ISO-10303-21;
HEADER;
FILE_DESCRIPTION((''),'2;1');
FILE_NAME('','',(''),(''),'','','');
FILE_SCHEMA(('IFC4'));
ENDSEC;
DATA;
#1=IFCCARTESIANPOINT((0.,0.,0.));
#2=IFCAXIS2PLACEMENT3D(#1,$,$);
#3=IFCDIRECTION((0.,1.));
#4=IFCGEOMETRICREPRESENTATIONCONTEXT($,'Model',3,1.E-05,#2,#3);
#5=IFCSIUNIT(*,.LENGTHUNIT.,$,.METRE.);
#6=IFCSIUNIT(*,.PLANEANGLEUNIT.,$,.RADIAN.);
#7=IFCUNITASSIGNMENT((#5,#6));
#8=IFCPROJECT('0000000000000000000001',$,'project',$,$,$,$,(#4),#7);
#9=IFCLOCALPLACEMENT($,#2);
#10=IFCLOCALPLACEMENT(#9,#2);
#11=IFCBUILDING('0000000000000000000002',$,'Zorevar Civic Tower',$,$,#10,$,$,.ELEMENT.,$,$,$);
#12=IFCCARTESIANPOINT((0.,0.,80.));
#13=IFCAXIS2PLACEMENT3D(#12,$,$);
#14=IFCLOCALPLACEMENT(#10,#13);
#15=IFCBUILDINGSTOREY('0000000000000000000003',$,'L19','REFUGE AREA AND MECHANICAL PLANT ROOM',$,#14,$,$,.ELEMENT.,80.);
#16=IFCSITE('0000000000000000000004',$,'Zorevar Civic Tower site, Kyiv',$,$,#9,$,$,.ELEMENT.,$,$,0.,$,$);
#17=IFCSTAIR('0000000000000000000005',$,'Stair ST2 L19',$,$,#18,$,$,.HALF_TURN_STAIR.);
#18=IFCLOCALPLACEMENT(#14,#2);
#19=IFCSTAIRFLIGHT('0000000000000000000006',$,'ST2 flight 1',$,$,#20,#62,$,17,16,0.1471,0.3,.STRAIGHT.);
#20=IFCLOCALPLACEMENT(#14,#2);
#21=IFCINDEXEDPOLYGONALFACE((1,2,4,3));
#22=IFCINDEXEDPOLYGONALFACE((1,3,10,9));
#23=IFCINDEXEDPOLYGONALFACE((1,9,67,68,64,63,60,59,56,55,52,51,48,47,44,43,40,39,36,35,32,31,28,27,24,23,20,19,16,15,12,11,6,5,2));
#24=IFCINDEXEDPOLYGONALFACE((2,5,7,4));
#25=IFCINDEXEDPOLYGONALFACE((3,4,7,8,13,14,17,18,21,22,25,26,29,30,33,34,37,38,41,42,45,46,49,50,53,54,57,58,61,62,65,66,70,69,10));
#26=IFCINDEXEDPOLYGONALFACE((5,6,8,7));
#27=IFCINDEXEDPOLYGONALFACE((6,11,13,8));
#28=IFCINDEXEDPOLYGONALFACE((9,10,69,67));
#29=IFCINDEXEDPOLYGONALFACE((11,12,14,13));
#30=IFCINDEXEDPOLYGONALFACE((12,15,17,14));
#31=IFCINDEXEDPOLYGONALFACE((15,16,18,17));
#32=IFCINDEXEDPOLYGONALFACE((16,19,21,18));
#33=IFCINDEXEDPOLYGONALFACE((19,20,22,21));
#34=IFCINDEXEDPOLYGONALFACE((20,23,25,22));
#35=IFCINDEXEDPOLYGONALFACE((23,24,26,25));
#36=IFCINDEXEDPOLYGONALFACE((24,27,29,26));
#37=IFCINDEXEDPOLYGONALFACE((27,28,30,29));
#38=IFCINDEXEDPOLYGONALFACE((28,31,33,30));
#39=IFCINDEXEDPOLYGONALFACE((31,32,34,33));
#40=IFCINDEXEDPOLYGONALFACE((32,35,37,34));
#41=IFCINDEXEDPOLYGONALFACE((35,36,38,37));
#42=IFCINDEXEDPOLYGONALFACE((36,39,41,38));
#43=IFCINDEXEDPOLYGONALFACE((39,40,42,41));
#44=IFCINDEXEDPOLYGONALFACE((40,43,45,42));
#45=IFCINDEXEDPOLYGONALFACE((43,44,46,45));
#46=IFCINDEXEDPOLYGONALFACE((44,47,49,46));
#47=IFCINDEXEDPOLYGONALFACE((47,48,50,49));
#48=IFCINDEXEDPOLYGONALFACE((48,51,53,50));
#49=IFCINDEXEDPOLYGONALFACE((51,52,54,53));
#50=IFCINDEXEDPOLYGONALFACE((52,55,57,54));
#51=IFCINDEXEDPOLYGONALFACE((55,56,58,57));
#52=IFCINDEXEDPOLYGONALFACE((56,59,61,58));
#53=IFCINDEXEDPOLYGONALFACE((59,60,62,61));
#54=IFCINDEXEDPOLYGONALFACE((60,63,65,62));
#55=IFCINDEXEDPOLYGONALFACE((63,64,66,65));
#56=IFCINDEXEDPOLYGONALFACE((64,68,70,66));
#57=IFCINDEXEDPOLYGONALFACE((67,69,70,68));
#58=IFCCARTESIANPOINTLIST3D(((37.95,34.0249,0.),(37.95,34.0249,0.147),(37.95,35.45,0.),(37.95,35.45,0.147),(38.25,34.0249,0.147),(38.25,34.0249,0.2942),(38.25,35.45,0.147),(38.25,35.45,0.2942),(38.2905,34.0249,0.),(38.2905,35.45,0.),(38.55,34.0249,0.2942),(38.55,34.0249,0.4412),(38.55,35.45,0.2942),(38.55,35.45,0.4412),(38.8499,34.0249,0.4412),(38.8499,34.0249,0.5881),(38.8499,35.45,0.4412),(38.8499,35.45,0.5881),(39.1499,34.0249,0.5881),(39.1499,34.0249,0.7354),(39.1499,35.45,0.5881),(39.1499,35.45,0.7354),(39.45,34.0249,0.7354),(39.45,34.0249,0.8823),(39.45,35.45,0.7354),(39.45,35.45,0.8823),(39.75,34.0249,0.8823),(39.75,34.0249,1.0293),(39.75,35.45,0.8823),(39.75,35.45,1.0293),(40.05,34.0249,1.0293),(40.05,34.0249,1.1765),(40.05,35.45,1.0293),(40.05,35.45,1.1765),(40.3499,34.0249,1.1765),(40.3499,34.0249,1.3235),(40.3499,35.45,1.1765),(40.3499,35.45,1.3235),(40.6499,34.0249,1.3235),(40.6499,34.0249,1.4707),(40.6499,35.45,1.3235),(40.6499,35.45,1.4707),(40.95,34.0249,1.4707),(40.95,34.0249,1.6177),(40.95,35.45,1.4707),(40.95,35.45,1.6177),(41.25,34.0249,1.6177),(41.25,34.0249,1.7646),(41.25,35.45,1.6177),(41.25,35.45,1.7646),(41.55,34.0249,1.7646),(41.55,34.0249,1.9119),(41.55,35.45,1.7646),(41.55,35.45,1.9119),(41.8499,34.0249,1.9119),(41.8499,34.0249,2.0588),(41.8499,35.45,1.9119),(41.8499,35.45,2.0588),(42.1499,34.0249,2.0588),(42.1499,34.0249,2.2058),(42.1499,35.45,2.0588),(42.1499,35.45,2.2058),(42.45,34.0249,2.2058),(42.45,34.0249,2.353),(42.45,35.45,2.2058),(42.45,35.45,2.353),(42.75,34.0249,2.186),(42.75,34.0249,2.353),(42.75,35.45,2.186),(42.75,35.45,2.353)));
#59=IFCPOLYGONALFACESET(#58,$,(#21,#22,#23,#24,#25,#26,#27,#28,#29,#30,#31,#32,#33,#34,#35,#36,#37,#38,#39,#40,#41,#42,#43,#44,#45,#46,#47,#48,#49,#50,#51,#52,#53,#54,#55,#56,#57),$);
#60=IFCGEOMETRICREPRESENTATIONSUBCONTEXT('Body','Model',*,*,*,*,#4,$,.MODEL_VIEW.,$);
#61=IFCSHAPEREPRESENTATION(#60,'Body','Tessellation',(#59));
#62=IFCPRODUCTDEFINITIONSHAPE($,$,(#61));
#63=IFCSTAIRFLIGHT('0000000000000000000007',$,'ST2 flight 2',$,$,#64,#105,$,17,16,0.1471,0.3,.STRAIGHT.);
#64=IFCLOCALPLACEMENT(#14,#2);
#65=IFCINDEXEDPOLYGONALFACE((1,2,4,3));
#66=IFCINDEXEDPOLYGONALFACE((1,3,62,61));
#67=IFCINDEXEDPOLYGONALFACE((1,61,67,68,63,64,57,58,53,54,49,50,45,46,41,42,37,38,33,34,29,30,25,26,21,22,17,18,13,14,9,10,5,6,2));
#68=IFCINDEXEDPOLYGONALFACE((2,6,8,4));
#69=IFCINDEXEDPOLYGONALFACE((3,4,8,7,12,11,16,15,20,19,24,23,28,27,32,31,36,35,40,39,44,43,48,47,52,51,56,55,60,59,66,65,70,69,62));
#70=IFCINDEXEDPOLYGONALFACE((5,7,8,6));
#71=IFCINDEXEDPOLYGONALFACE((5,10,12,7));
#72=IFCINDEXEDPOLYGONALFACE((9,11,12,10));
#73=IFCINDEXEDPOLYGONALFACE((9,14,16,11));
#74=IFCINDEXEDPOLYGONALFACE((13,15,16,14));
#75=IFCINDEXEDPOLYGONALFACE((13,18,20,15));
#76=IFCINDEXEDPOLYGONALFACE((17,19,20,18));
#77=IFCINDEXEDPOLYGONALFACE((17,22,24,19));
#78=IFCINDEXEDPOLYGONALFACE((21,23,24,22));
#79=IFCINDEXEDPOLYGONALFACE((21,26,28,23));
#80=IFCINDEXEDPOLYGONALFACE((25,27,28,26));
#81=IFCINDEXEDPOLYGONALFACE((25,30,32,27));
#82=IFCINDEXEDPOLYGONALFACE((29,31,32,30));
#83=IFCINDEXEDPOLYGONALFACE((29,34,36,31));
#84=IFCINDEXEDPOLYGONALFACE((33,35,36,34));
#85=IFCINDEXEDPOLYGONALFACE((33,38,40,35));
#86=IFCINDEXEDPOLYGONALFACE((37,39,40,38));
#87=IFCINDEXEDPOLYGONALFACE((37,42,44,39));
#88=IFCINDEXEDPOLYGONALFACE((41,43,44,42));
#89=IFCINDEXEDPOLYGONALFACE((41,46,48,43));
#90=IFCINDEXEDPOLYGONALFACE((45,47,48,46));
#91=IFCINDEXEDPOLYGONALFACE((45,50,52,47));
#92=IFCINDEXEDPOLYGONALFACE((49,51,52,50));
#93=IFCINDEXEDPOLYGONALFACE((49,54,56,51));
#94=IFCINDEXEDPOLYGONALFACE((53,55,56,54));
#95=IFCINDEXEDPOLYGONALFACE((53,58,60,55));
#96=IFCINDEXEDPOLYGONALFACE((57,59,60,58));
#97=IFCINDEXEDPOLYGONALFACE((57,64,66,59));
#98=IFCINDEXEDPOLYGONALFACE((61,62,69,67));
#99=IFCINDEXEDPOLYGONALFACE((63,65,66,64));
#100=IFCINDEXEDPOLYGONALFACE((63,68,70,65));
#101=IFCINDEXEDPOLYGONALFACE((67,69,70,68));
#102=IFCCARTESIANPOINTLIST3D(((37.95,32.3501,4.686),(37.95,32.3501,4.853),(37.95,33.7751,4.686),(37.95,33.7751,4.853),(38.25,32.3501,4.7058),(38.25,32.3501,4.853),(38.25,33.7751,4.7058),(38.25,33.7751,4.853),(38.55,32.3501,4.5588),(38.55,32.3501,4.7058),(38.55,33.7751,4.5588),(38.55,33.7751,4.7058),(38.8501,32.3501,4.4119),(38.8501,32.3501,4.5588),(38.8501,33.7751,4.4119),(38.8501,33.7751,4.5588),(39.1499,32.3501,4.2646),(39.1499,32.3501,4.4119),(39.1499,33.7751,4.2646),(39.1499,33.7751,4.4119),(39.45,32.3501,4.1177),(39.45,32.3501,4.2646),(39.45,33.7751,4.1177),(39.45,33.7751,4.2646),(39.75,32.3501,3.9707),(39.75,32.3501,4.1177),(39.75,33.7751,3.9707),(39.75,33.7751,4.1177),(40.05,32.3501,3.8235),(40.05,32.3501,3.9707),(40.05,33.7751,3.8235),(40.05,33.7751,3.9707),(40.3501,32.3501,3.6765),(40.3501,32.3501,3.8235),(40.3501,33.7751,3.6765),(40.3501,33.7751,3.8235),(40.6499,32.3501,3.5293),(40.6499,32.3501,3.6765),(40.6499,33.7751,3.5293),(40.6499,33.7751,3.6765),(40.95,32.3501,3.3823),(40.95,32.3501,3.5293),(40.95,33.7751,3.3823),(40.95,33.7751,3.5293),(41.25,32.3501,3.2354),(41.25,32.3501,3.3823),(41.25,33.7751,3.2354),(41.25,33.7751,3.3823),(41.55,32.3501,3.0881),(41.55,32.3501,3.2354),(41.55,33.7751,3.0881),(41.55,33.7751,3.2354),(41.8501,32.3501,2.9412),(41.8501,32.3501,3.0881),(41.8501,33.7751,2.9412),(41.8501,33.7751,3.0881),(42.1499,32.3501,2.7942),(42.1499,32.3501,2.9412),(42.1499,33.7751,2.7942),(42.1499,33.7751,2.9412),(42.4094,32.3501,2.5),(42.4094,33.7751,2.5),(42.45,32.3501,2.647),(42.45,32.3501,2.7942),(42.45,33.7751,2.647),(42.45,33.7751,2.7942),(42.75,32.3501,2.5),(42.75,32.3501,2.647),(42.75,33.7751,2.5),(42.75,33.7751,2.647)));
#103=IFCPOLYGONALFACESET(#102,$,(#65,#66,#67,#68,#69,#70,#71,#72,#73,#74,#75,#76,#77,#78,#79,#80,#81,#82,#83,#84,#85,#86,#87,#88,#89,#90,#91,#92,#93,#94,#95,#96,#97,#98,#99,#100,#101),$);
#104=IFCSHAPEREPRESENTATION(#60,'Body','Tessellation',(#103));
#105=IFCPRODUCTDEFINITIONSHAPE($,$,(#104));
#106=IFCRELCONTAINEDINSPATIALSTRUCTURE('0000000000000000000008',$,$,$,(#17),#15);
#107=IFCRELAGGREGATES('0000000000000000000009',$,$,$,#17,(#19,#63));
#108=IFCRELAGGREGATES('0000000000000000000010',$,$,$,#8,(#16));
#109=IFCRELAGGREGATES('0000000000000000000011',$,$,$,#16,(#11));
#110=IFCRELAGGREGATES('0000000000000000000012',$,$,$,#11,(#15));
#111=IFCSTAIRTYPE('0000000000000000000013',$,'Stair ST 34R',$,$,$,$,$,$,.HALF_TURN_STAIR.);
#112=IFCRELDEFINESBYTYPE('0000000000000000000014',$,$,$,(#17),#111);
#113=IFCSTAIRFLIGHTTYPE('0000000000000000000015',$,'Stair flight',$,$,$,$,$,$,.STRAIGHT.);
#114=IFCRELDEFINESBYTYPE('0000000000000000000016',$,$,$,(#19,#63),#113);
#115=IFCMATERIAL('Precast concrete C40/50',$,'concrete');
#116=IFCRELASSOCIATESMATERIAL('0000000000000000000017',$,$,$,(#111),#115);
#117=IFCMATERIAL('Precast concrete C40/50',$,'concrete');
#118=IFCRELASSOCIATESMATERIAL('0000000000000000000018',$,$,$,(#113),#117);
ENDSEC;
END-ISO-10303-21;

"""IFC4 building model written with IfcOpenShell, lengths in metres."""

from ifc_helpers import new_model, si_unit, direction, frame, origin, place, context, subcontext, project, spatial, polyline, outline, extrude, material, type_object, element, aggregate, save


model = new_model("IFC4")

# Units and contexts
model_context = context("Model", 3, precision=1e-05, world=origin(), true_north=direction((0.0, 1.0)))
body_context = subcontext(model_context, "Body", "Model", "MODEL_VIEW")
ifc_project = project(units=[si_unit("LENGTHUNIT", "METRE"), si_unit("PLANEANGLEUNIT", "RADIAN")], contexts=[model_context])

# Site, building, storey
site_placement = place(None, origin())
site = spatial("IfcSite", under=ifc_project, at=site_placement, Name="Zorevar Civic Tower site, Kyiv", CompositionType="ELEMENT", RefElevation=0.0)
building_placement = place(site_placement, origin())
building = spatial("IfcBuilding", under=site, at=building_placement, Name="Zorevar Civic Tower", CompositionType="ELEMENT")
storey_placement = place(building_placement, frame((0.0, 0.0, 80.0)))
storey = spatial("IfcBuildingStorey", under=building, at=storey_placement, Name="L19", Description="REFUGE AREA AND MECHANICAL PLANT ROOM", CompositionType="ELEMENT", Elevation=80.0)

# Stair, stair flights
ifc_material_1 = material(Name="Precast concrete C40/50", Category="concrete")
stair_type = type_object("IfcStairType", Name="Stair ST 34R", PredefinedType="HALF_TURN_STAIR", material=ifc_material_1)
stair_placement = place(storey_placement, origin())
stair = element("IfcStair", 1, at=stair_placement, inside=storey, type_object=stair_type, Name="Stair ST2 L19", PredefinedType="HALF_TURN_STAIR")
ifc_material_2 = material(Name="Precast concrete C40/50", Category="concrete")
stair_flight_type = type_object("IfcStairFlightType", Name="Stair flight", PredefinedType="STRAIGHT", material=ifc_material_2)
stair_flight_1_placement = place(storey_placement, frame((37.95, 34.7375, 0.0), z_axis=(0.0, 0.0, 1.0), x_axis=(1.0, 0.0, 0.0)))
stair_flight_1 = element("IfcStairFlight", 2, at=stair_flight_1_placement, type_object=stair_flight_type, Name="ST2 flight 1", NumberOfRisers=17, NumberOfTreads=16, PredefinedType="STRAIGHT", RiserHeight=0.1471, TreadLength=0.3, context=body_context, shape_type="SweptSolid", body=[
    extrude(outline(polyline([(0.0, 0.0), (0.0, 0.147), (0.3, 0.147), (0.3, 0.2942), (0.6001, 0.2942), (0.6001, 0.4412), (0.8999, 0.4412), (0.8999, 0.5881), (1.2, 0.5881), (1.2, 0.7354), (1.5, 0.7354), (1.5, 0.8823), (1.8, 0.8823), (1.8, 1.0293), (2.1001, 1.0293), (2.1001, 1.1765), (2.3999, 1.1765), (2.3999, 1.3235), (2.7, 1.3235), (2.7, 1.4707), (3.0, 1.4707), (3.0, 1.6177), (3.3, 1.6177), (3.3, 1.7646), (3.6001, 1.7646), (3.6001, 1.9119), (3.8999, 1.9119), (3.8999, 2.0588), (4.2, 2.0588), (4.2, 2.2058), (4.5, 2.2058), (4.5, 2.353), (4.8, 2.353), (4.8, 2.5), (4.8, 2.186), (0.3406, 0.0), (0.0, 0.0)])), frame((0.0, 0.7124, 0.0), z_axis=(0.0, -1.0, 0.0), x_axis=(1.0, 0.0, 0.0)), (0.0, 0.0, 1.0), 1.425),
])
stair_flight_2_placement = place(storey_placement, frame((42.75, 33.0625, 2.5), z_axis=(0.0, 0.0, 1.0), x_axis=(-1.0, 0.0, 0.0)))
stair_flight_2 = element("IfcStairFlight", 3, at=stair_flight_2_placement, type_object=stair_flight_type, Name="ST2 flight 2", NumberOfRisers=17, NumberOfTreads=16, PredefinedType="STRAIGHT", RiserHeight=0.1471, TreadLength=0.3, context=body_context, shape_type="SweptSolid", body=[
    extrude(outline(polyline([(0.0, 0.0), (0.0, 0.147), (0.3, 0.147), (0.3, 0.2942), (0.6001, 0.2942), (0.6001, 0.4412), (0.8999, 0.4412), (0.8999, 0.5881), (1.2, 0.5881), (1.2, 0.7354), (1.5, 0.7354), (1.5, 0.8823), (1.8, 0.8823), (1.8, 1.0293), (2.1001, 1.0293), (2.1001, 1.1765), (2.3999, 1.1765), (2.3999, 1.3235), (2.7, 1.3235), (2.7, 1.4707), (3.0, 1.4707), (3.0, 1.6177), (3.3, 1.6177), (3.3, 1.7646), (3.6001, 1.7646), (3.6001, 1.9119), (3.8999, 1.9119), (3.8999, 2.0588), (4.2, 2.0588), (4.2, 2.2058), (4.5, 2.2058), (4.5, 2.353), (4.8, 2.353), (4.8, 2.5), (4.8, 2.186), (0.3406, 0.0), (0.0, 0.0)])), frame((0.0, 0.7124, 0.0), z_axis=(0.0, -1.0, 0.0), x_axis=(1.0, 0.0, 0.0)), (0.0, 0.0, 1.0), 1.425),
])
aggregate(stair, [stair_flight_1, stair_flight_2])

save(model, "model.ifc")
